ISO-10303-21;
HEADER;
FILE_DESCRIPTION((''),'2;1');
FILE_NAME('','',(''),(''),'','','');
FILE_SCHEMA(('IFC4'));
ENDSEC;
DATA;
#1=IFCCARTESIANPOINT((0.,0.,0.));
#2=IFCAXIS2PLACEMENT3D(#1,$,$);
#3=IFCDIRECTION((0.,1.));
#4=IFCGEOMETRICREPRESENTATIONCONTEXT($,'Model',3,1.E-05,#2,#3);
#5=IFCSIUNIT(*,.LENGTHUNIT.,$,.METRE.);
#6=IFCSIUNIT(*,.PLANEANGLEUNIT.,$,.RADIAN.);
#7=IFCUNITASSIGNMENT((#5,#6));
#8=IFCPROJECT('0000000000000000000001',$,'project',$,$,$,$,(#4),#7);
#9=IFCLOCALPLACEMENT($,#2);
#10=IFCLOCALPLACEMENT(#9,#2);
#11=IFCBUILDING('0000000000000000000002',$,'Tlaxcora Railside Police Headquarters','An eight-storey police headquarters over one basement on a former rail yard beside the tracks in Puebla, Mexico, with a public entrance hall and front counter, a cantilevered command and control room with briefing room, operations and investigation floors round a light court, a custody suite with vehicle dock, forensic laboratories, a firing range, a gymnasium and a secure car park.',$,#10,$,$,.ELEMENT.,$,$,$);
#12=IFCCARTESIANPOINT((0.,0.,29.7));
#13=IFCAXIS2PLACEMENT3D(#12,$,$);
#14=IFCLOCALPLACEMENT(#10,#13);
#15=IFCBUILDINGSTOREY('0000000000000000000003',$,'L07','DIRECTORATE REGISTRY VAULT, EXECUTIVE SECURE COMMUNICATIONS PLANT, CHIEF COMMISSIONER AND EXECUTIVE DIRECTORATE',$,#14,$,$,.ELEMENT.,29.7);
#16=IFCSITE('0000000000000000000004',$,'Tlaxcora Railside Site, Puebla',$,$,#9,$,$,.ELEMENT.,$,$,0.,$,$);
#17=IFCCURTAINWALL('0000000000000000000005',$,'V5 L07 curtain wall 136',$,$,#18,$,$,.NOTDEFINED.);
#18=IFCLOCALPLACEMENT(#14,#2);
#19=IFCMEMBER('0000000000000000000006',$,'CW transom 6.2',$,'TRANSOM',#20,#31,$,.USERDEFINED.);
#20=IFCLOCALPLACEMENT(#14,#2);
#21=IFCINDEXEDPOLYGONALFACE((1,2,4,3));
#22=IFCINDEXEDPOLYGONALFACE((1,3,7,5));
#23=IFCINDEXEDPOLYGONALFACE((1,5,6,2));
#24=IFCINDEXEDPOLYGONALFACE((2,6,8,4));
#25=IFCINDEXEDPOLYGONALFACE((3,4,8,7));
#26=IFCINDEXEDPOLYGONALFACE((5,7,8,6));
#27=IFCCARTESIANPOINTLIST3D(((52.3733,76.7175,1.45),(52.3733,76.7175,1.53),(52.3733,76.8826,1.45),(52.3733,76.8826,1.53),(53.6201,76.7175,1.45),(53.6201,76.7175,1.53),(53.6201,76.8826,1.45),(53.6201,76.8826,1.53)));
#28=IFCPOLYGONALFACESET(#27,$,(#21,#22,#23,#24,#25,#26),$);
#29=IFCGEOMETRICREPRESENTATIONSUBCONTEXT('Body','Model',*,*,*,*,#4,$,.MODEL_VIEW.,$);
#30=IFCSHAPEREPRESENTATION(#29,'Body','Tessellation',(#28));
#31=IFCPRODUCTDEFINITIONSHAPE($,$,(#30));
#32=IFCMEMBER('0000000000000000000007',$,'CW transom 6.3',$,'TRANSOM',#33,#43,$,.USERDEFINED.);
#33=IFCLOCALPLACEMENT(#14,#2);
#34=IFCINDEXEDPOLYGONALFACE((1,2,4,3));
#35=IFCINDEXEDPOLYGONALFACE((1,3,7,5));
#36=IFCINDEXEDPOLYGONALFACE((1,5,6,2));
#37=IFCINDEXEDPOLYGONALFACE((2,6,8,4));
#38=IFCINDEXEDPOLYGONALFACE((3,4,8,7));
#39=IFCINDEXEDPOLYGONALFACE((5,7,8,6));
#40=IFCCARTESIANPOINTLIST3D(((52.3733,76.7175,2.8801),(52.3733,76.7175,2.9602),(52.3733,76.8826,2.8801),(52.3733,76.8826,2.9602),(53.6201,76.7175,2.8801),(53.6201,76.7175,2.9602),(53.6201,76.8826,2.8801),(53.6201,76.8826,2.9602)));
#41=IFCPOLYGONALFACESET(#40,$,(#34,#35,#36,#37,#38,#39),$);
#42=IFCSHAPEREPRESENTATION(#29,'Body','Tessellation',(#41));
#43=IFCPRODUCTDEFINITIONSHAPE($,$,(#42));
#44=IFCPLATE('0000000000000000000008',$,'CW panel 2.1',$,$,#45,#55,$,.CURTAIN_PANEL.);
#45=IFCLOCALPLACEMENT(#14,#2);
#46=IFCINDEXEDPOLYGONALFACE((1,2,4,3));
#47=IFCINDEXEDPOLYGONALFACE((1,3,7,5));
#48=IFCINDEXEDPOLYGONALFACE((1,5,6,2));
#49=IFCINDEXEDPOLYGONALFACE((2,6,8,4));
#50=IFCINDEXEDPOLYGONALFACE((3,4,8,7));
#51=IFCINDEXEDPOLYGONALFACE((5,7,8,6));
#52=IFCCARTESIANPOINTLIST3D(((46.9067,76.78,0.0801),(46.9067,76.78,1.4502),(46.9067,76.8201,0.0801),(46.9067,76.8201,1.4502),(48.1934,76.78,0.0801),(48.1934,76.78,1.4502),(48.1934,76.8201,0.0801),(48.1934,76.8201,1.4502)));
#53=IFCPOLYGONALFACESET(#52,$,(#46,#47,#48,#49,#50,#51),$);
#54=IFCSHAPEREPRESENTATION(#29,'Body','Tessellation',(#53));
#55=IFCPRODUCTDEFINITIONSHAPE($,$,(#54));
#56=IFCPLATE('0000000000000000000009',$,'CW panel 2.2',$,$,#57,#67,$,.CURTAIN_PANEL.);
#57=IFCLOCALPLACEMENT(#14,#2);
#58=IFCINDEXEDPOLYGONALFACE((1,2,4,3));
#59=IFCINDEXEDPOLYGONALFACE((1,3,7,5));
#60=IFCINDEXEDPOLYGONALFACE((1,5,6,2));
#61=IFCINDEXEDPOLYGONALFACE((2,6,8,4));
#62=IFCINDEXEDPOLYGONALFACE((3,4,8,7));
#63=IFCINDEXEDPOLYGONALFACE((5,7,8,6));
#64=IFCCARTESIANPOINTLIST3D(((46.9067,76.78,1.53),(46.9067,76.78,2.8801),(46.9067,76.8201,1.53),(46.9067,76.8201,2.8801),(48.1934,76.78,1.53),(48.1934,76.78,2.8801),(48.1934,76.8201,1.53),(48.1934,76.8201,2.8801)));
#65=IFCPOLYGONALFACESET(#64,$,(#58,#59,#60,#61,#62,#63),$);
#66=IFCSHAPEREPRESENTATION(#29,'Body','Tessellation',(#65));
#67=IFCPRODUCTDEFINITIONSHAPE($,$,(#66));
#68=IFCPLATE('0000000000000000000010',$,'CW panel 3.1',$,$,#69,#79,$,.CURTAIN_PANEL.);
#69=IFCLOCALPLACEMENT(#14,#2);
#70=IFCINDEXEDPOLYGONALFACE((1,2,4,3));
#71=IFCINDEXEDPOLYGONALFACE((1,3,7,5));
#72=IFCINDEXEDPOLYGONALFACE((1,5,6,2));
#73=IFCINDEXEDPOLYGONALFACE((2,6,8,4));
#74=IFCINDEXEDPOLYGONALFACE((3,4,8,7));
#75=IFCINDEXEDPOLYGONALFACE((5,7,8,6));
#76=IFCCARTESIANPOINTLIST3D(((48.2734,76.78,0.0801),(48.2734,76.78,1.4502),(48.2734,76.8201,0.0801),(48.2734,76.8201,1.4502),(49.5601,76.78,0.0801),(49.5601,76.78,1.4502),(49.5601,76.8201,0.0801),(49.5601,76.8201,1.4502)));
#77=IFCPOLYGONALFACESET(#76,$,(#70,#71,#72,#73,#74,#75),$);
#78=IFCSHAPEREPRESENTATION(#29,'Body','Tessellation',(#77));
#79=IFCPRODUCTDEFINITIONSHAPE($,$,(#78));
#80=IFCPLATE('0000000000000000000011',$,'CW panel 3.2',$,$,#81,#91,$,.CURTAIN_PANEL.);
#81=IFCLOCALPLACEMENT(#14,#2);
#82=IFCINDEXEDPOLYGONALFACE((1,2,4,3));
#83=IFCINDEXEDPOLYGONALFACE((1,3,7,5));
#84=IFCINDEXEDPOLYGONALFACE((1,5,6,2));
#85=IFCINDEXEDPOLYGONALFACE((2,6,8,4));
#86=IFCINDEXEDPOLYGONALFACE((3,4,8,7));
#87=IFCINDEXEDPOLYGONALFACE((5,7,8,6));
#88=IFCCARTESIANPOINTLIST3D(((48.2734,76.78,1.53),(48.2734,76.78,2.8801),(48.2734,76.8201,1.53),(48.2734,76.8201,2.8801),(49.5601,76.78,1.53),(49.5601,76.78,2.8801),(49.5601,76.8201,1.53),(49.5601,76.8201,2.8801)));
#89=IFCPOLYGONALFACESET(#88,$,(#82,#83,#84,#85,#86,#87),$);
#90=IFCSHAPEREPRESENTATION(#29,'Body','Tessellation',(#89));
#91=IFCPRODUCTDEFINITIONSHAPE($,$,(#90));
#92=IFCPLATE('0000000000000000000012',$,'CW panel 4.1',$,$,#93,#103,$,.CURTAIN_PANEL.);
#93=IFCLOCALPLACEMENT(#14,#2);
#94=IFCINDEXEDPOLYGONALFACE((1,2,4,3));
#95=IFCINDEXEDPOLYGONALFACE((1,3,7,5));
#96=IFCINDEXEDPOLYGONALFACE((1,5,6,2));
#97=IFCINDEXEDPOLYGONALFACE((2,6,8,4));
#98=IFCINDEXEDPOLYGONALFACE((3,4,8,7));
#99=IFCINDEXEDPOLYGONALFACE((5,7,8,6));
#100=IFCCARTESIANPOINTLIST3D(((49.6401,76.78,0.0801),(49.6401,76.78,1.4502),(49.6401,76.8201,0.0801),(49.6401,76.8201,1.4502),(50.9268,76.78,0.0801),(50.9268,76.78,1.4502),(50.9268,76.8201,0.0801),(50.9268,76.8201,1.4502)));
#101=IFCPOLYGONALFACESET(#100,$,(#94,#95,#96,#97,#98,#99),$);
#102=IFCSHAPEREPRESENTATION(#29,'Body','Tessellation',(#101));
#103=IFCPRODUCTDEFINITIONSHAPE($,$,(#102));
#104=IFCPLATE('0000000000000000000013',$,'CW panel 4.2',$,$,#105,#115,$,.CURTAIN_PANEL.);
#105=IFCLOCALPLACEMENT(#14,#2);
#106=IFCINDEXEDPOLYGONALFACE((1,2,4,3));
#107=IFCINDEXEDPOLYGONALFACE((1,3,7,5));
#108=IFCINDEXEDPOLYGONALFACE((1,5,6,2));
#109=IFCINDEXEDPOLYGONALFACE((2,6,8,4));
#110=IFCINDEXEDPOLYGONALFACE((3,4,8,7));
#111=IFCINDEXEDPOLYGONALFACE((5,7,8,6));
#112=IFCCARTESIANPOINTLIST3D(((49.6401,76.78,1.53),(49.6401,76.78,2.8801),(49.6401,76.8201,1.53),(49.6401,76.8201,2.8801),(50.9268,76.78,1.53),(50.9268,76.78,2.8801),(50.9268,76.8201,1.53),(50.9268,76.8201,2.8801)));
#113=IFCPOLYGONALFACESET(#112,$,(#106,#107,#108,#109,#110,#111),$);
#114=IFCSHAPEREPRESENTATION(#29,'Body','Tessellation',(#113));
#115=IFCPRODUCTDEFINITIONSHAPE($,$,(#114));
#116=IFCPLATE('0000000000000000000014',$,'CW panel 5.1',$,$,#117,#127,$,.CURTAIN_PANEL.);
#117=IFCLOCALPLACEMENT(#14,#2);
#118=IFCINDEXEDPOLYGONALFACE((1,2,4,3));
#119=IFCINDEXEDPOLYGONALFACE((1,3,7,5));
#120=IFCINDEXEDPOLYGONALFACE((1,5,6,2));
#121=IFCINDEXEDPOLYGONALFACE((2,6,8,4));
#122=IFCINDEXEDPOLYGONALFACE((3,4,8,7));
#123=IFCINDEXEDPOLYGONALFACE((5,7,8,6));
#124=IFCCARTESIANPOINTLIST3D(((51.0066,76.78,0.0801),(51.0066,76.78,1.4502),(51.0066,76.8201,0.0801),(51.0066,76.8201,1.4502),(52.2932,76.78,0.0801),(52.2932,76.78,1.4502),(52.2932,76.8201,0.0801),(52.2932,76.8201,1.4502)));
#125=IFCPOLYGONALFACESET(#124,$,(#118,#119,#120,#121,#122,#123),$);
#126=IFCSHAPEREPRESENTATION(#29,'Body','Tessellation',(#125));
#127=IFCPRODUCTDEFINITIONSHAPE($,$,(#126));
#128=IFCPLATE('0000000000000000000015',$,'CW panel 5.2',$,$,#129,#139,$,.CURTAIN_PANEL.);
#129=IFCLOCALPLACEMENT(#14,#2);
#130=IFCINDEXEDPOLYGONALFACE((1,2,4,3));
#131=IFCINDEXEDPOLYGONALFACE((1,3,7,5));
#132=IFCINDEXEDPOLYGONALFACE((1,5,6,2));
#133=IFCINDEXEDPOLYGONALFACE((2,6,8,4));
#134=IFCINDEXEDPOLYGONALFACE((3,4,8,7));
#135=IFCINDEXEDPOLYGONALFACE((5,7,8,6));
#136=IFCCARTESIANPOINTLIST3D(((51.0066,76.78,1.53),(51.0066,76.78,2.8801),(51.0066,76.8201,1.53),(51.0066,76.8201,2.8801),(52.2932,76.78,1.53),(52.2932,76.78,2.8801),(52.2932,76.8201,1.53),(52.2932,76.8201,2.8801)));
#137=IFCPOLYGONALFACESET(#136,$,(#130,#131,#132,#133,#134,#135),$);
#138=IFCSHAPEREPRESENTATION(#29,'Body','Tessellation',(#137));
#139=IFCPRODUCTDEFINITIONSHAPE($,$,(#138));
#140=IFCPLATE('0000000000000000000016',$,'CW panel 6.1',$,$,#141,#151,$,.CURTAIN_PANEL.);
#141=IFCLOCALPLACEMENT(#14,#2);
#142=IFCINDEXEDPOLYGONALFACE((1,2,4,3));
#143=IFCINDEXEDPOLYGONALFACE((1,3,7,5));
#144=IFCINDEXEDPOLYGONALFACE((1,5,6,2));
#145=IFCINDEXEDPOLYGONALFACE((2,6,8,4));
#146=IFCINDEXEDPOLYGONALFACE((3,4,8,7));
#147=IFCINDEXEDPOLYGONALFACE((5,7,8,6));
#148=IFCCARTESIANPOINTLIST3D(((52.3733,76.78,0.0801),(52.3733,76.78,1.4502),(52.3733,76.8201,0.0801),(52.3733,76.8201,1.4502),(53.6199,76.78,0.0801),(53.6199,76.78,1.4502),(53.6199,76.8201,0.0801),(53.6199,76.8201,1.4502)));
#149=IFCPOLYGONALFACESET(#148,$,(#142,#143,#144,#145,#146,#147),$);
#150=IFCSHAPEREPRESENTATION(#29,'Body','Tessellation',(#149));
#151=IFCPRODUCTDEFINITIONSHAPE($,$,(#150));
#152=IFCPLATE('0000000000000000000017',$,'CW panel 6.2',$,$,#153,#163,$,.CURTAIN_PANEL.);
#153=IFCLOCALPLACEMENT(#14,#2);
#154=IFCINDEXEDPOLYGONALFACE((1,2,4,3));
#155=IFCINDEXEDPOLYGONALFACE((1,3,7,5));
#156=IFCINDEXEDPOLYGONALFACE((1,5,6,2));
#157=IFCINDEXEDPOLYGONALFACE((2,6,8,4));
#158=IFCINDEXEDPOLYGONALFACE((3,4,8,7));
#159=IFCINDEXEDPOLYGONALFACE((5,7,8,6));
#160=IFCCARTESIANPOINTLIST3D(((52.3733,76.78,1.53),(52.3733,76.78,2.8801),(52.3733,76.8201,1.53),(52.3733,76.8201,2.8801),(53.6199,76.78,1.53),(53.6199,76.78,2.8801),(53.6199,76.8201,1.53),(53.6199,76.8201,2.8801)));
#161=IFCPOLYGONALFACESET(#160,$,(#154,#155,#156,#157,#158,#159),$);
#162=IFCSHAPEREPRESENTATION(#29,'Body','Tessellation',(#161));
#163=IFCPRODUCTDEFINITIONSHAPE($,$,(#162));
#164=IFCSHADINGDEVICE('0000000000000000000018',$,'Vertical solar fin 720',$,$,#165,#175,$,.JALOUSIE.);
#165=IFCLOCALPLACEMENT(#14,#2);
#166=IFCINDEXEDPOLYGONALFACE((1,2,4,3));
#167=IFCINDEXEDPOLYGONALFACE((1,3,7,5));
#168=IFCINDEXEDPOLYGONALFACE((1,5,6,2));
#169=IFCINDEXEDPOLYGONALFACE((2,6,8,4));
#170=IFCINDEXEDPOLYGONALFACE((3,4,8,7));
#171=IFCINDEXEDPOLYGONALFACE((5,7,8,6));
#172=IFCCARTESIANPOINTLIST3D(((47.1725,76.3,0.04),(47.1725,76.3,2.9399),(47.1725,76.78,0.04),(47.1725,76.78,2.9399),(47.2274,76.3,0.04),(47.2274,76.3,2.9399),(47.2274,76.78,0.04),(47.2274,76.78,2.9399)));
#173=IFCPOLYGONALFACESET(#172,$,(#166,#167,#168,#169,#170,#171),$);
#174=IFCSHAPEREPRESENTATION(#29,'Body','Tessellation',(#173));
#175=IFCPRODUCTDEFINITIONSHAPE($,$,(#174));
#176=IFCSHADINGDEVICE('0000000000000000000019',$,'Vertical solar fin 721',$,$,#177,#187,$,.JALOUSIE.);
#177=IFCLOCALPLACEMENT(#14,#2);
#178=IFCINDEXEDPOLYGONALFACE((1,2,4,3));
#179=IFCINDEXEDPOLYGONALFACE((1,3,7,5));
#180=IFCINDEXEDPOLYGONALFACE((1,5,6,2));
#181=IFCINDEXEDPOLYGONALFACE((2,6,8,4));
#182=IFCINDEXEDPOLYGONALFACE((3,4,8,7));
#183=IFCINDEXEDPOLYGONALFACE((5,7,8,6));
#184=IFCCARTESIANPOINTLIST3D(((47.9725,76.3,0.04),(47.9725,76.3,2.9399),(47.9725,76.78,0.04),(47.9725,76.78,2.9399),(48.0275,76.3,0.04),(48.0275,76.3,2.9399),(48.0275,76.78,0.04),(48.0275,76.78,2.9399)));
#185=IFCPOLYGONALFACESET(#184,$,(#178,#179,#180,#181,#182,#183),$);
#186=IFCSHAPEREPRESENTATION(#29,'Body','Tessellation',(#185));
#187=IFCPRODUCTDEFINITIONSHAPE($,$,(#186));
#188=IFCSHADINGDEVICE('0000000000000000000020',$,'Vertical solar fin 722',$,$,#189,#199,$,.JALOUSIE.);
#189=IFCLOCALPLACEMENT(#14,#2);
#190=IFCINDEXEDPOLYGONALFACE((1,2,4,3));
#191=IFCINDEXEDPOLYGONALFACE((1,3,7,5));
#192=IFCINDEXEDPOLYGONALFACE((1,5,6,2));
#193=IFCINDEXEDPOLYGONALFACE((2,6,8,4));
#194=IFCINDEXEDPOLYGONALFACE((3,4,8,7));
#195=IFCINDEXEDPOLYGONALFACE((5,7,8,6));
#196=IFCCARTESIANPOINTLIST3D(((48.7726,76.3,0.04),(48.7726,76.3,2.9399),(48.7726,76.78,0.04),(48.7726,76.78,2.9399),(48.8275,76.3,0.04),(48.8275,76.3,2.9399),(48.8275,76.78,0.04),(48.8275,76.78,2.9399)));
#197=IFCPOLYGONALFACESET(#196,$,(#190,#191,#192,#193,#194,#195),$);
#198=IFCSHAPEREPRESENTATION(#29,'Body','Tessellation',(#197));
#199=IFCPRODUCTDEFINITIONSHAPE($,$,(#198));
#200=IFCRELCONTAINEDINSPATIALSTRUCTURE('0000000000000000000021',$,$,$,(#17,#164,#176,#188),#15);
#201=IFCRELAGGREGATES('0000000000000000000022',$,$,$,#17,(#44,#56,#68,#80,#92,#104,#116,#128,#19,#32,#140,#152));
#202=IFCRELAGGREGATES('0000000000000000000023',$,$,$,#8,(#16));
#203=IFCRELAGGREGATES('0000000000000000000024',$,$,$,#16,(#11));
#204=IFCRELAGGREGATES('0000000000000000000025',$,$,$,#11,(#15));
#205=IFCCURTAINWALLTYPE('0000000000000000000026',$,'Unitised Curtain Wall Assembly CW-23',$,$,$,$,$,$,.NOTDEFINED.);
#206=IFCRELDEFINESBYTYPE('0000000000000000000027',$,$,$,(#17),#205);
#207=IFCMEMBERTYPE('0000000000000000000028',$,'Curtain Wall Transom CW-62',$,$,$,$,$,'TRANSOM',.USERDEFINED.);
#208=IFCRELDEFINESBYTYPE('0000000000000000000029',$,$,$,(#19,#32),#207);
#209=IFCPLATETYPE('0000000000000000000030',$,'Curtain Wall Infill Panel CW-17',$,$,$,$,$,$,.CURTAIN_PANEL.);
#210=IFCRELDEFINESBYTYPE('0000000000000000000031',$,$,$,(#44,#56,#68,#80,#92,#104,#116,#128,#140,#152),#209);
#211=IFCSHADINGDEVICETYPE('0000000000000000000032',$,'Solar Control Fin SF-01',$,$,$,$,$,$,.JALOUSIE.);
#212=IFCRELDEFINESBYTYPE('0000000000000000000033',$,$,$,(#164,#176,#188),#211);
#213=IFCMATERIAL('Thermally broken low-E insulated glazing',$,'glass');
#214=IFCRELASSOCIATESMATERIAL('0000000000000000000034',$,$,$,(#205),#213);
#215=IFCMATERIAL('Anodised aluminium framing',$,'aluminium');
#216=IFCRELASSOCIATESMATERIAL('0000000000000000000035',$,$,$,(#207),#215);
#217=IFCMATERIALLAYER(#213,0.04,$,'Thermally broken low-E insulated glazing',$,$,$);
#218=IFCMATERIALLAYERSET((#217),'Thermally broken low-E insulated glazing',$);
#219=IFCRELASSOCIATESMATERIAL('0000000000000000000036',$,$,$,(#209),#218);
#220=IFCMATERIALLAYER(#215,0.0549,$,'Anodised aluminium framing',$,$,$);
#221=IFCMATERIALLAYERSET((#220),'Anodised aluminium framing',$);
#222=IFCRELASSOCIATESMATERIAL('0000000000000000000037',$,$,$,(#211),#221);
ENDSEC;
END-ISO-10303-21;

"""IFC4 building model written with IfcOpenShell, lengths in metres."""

from ifc_helpers import new_model, si_unit, direction, frame, origin, origin_2d, place, context, subcontext, project, spatial, rectangle, extrude, material, layer, layer_set, material_profile, profile_set, type_object, element, aggregate, save


model = new_model("IFC4")

# Units and contexts
model_context = context("Model", 3, precision=1e-05, world=origin(), true_north=direction((0.0, 1.0)))
body_context = subcontext(model_context, "Body", "Model", "MODEL_VIEW")
ifc_project = project(units=[si_unit("LENGTHUNIT", "METRE"), si_unit("PLANEANGLEUNIT", "RADIAN")], contexts=[model_context])

# Site, building, storey
site_placement = place(None, origin())
site = spatial("IfcSite", under=ifc_project, at=site_placement, Name="Tlaxcora Railside Site, Puebla", CompositionType="ELEMENT", RefElevation=0.0)
building_placement = place(site_placement, origin())
building = spatial("IfcBuilding", under=site, at=building_placement, Name="Tlaxcora Railside Police Headquarters", Description="An eight-storey police headquarters over one basement on a former rail yard beside the tracks in Puebla, Mexico, with a public entrance hall and front counter, a cantilevered command and control room with briefing room, operations and investigation floors round a light court, a custody suite with vehicle dock, forensic laboratories, a firing range, a gymnasium and a secure car park.", CompositionType="ELEMENT")
storey_placement = place(building_placement, frame((0.0, 0.0, 29.7)))
storey = spatial("IfcBuildingStorey", under=building, at=storey_placement, Name="L07", Description="DIRECTORATE REGISTRY VAULT, EXECUTIVE SECURE COMMUNICATIONS PLANT, CHIEF COMMISSIONER AND EXECUTIVE DIRECTORATE", CompositionType="ELEMENT", Elevation=29.7)

# Curtain wall, members, plates
ifc_material_1 = material(Name="Thermally broken low-E insulated glazing", Category="glass")
curtain_wall_type = type_object("IfcCurtainWallType", Name="Unitised Curtain Wall Assembly CW-23", PredefinedType="NOTDEFINED", material=ifc_material_1)
curtain_wall_placement = place(storey_placement, origin())
curtain_wall = element("IfcCurtainWall", 1, at=curtain_wall_placement, inside=storey, type_object=curtain_wall_type, Name="V5 L07 curtain wall 136", PredefinedType="NOTDEFINED")
ifc_material_2 = material(Name="Anodised aluminium framing", Category="aluminium")
ifc_material_profile_1 = material_profile(ifc_material_2, rectangle(XDim=0.165, YDim=0.0801, at=origin_2d()), Name="AL80X165")
ifc_profile_set_1 = profile_set([ifc_material_profile_1], Name="Anodised aluminium framing")
member_type_1 = type_object("IfcMemberType", Name="Curtain Wall Transom CW-62", ElementType="TRANSOM", PredefinedType="USERDEFINED", material=ifc_profile_set_1)
member_1_placement = place(storey_placement, frame((52.3733, 76.8, 1.49), z_axis=(1.0, 0.0, 0.0), x_axis=(0.0, 1.0, 0.0)))
member_1 = element("IfcMember", 2, at=member_1_placement, type_object=member_type_1, Name="CW transom 6.2", ObjectType="TRANSOM", PredefinedType="USERDEFINED", context=body_context, shape_type="SweptSolid", body=[
    extrude(rectangle(XDim=0.165, YDim=0.0801, at=origin_2d()), origin(), (0.0, 0.0, 1.0), 1.2468),
])
member_2_placement = place(storey_placement, frame((52.3733, 76.8, 2.9202), z_axis=(1.0, 0.0, 0.0), x_axis=(0.0, 1.0, 0.0)))
member_2 = element("IfcMember", 3, at=member_2_placement, type_object=member_type_1, Name="CW transom 6.3", ObjectType="TRANSOM", PredefinedType="USERDEFINED", context=body_context, shape_type="SweptSolid", body=[
    extrude(rectangle(XDim=0.165, YDim=0.0801, at=origin_2d()), origin(), (0.0, 0.0, 1.0), 1.2468),
])
ifc_layer_1 = layer(ifc_material_1, 0.04, Name="Thermally broken low-E insulated glazing")
ifc_layer_set_1 = layer_set([ifc_layer_1], Name="Thermally broken low-E insulated glazing")
plate_type = type_object("IfcPlateType", Name="Curtain Wall Infill Panel CW-17", PredefinedType="CURTAIN_PANEL", material=ifc_layer_set_1)
plate_1_placement = place(storey_placement, frame((47.55, 76.8, 0.0801), z_axis=(0.0, 0.0, 1.0), x_axis=(1.0, 0.0, 0.0)))
plate_1 = element("IfcPlate", 4, at=plate_1_placement, type_object=plate_type, Name="CW panel 2.1", PredefinedType="CURTAIN_PANEL", context=body_context, shape_type="SweptSolid", body=[
    extrude(rectangle(XDim=1.2866, YDim=0.04, at=origin_2d()), origin(), (0.0, 0.0, 1.0), 1.3701),
])
plate_2_placement = place(storey_placement, frame((47.55, 76.8, 1.53), z_axis=(0.0, 0.0, 1.0), x_axis=(1.0, 0.0, 0.0)))
plate_2 = element("IfcPlate", 5, at=plate_2_placement, type_object=plate_type, Name="CW panel 2.2", PredefinedType="CURTAIN_PANEL", context=body_context, shape_type="SweptSolid", body=[
    extrude(rectangle(XDim=1.2866, YDim=0.04, at=origin_2d()), origin(), (0.0, 0.0, 1.0), 1.3501),
])
plate_3_placement = place(storey_placement, frame((48.9167, 76.8, 0.0801), z_axis=(0.0, 0.0, 1.0), x_axis=(1.0, 0.0, 0.0)))
plate_3 = element("IfcPlate", 6, at=plate_3_placement, type_object=plate_type, Name="CW panel 3.1", PredefinedType="CURTAIN_PANEL", context=body_context, shape_type="SweptSolid", body=[
    extrude(rectangle(XDim=1.2866, YDim=0.04, at=origin_2d()), origin(), (0.0, 0.0, 1.0), 1.3701),
])
plate_4_placement = place(storey_placement, frame((48.9167, 76.8, 1.53), z_axis=(0.0, 0.0, 1.0), x_axis=(1.0, 0.0, 0.0)))
plate_4 = element("IfcPlate", 7, at=plate_4_placement, type_object=plate_type, Name="CW panel 3.2", PredefinedType="CURTAIN_PANEL", context=body_context, shape_type="SweptSolid", body=[
    extrude(rectangle(XDim=1.2866, YDim=0.04, at=origin_2d()), origin(), (0.0, 0.0, 1.0), 1.3501),
])
plate_5_placement = place(storey_placement, frame((50.2834, 76.8, 0.0801), z_axis=(0.0, 0.0, 1.0), x_axis=(1.0, 0.0, 0.0)))
plate_5 = element("IfcPlate", 8, at=plate_5_placement, type_object=plate_type, Name="CW panel 4.1", PredefinedType="CURTAIN_PANEL", context=body_context, shape_type="SweptSolid", body=[
    extrude(rectangle(XDim=1.2866, YDim=0.04, at=origin_2d()), origin(), (0.0, 0.0, 1.0), 1.3701),
])
plate_6_placement = place(storey_placement, frame((50.2834, 76.8, 1.53), z_axis=(0.0, 0.0, 1.0), x_axis=(1.0, 0.0, 0.0)))
plate_6 = element("IfcPlate", 9, at=plate_6_placement, type_object=plate_type, Name="CW panel 4.2", PredefinedType="CURTAIN_PANEL", context=body_context, shape_type="SweptSolid", body=[
    extrude(rectangle(XDim=1.2866, YDim=0.04, at=origin_2d()), origin(), (0.0, 0.0, 1.0), 1.3501),
])
plate_7_placement = place(storey_placement, frame((51.6499, 76.8, 0.0801), z_axis=(0.0, 0.0, 1.0), x_axis=(1.0, 0.0, 0.0)))
plate_7 = element("IfcPlate", 10, at=plate_7_placement, type_object=plate_type, Name="CW panel 5.1", PredefinedType="CURTAIN_PANEL", context=body_context, shape_type="SweptSolid", body=[
    extrude(rectangle(XDim=1.2866, YDim=0.04, at=origin_2d()), origin(), (0.0, 0.0, 1.0), 1.3701),
])
plate_8_placement = place(storey_placement, frame((51.6499, 76.8, 1.53), z_axis=(0.0, 0.0, 1.0), x_axis=(1.0, 0.0, 0.0)))
plate_8 = element("IfcPlate", 11, at=plate_8_placement, type_object=plate_type, Name="CW panel 5.2", PredefinedType="CURTAIN_PANEL", context=body_context, shape_type="SweptSolid", body=[
    extrude(rectangle(XDim=1.2866, YDim=0.04, at=origin_2d()), origin(), (0.0, 0.0, 1.0), 1.3501),
])
plate_9_placement = place(storey_placement, frame((52.9966, 76.8, 0.0801), z_axis=(0.0, 0.0, 1.0), x_axis=(1.0, 0.0, 0.0)))
plate_9 = element("IfcPlate", 12, at=plate_9_placement, type_object=plate_type, Name="CW panel 6.1", PredefinedType="CURTAIN_PANEL", context=body_context, shape_type="SweptSolid", body=[
    extrude(rectangle(XDim=1.2466, YDim=0.04, at=origin_2d()), origin(), (0.0, 0.0, 1.0), 1.3701),
])
plate_10_placement = place(storey_placement, frame((52.9966, 76.8, 1.53), z_axis=(0.0, 0.0, 1.0), x_axis=(1.0, 0.0, 0.0)))
plate_10 = element("IfcPlate", 13, at=plate_10_placement, type_object=plate_type, Name="CW panel 6.2", PredefinedType="CURTAIN_PANEL", context=body_context, shape_type="SweptSolid", body=[
    extrude(rectangle(XDim=1.2466, YDim=0.04, at=origin_2d()), origin(), (0.0, 0.0, 1.0), 1.3501),
])
aggregate(curtain_wall, [plate_1, plate_2, plate_3, plate_4, plate_5, plate_6, plate_7, plate_8, member_1, member_2, plate_9, plate_10])

# Shading devices
ifc_layer_2 = layer(ifc_material_2, 0.0549, Name="Anodised aluminium framing")
ifc_layer_set_2 = layer_set([ifc_layer_2], Name="Anodised aluminium framing")
shading_device_type = type_object("IfcShadingDeviceType", Name="Solar Control Fin SF-01", PredefinedType="JALOUSIE", material=ifc_layer_set_2)
for number, where, z_axis, x_axis, name in (
    (14, (47.2, 76.54, 0.04), (0.0, 0.0, 1.0), (0.0, -1.0, 0.0), "Vertical solar fin 720"),
    (15, (48.0, 76.54, 0.04), (0.0, 0.0, 1.0), (0.0, -1.0, 0.0), "Vertical solar fin 721"),
    (16, (48.8, 76.54, 0.04), (0.0, 0.0, 1.0), (0.0, -1.0, 0.0), "Vertical solar fin 722"),
):
    element("IfcShadingDevice", number, at=place(storey_placement, frame(where, z_axis=z_axis, x_axis=x_axis)), inside=storey, type_object=shading_device_type, Name=name, PredefinedType="JALOUSIE", context=body_context, shape_type="SweptSolid", body=[
        extrude(rectangle(XDim=0.48, YDim=0.0549, at=origin_2d()), origin(), (0.0, 0.0, 1.0), 2.8999),
    ])

save(model, "model.ifc")
